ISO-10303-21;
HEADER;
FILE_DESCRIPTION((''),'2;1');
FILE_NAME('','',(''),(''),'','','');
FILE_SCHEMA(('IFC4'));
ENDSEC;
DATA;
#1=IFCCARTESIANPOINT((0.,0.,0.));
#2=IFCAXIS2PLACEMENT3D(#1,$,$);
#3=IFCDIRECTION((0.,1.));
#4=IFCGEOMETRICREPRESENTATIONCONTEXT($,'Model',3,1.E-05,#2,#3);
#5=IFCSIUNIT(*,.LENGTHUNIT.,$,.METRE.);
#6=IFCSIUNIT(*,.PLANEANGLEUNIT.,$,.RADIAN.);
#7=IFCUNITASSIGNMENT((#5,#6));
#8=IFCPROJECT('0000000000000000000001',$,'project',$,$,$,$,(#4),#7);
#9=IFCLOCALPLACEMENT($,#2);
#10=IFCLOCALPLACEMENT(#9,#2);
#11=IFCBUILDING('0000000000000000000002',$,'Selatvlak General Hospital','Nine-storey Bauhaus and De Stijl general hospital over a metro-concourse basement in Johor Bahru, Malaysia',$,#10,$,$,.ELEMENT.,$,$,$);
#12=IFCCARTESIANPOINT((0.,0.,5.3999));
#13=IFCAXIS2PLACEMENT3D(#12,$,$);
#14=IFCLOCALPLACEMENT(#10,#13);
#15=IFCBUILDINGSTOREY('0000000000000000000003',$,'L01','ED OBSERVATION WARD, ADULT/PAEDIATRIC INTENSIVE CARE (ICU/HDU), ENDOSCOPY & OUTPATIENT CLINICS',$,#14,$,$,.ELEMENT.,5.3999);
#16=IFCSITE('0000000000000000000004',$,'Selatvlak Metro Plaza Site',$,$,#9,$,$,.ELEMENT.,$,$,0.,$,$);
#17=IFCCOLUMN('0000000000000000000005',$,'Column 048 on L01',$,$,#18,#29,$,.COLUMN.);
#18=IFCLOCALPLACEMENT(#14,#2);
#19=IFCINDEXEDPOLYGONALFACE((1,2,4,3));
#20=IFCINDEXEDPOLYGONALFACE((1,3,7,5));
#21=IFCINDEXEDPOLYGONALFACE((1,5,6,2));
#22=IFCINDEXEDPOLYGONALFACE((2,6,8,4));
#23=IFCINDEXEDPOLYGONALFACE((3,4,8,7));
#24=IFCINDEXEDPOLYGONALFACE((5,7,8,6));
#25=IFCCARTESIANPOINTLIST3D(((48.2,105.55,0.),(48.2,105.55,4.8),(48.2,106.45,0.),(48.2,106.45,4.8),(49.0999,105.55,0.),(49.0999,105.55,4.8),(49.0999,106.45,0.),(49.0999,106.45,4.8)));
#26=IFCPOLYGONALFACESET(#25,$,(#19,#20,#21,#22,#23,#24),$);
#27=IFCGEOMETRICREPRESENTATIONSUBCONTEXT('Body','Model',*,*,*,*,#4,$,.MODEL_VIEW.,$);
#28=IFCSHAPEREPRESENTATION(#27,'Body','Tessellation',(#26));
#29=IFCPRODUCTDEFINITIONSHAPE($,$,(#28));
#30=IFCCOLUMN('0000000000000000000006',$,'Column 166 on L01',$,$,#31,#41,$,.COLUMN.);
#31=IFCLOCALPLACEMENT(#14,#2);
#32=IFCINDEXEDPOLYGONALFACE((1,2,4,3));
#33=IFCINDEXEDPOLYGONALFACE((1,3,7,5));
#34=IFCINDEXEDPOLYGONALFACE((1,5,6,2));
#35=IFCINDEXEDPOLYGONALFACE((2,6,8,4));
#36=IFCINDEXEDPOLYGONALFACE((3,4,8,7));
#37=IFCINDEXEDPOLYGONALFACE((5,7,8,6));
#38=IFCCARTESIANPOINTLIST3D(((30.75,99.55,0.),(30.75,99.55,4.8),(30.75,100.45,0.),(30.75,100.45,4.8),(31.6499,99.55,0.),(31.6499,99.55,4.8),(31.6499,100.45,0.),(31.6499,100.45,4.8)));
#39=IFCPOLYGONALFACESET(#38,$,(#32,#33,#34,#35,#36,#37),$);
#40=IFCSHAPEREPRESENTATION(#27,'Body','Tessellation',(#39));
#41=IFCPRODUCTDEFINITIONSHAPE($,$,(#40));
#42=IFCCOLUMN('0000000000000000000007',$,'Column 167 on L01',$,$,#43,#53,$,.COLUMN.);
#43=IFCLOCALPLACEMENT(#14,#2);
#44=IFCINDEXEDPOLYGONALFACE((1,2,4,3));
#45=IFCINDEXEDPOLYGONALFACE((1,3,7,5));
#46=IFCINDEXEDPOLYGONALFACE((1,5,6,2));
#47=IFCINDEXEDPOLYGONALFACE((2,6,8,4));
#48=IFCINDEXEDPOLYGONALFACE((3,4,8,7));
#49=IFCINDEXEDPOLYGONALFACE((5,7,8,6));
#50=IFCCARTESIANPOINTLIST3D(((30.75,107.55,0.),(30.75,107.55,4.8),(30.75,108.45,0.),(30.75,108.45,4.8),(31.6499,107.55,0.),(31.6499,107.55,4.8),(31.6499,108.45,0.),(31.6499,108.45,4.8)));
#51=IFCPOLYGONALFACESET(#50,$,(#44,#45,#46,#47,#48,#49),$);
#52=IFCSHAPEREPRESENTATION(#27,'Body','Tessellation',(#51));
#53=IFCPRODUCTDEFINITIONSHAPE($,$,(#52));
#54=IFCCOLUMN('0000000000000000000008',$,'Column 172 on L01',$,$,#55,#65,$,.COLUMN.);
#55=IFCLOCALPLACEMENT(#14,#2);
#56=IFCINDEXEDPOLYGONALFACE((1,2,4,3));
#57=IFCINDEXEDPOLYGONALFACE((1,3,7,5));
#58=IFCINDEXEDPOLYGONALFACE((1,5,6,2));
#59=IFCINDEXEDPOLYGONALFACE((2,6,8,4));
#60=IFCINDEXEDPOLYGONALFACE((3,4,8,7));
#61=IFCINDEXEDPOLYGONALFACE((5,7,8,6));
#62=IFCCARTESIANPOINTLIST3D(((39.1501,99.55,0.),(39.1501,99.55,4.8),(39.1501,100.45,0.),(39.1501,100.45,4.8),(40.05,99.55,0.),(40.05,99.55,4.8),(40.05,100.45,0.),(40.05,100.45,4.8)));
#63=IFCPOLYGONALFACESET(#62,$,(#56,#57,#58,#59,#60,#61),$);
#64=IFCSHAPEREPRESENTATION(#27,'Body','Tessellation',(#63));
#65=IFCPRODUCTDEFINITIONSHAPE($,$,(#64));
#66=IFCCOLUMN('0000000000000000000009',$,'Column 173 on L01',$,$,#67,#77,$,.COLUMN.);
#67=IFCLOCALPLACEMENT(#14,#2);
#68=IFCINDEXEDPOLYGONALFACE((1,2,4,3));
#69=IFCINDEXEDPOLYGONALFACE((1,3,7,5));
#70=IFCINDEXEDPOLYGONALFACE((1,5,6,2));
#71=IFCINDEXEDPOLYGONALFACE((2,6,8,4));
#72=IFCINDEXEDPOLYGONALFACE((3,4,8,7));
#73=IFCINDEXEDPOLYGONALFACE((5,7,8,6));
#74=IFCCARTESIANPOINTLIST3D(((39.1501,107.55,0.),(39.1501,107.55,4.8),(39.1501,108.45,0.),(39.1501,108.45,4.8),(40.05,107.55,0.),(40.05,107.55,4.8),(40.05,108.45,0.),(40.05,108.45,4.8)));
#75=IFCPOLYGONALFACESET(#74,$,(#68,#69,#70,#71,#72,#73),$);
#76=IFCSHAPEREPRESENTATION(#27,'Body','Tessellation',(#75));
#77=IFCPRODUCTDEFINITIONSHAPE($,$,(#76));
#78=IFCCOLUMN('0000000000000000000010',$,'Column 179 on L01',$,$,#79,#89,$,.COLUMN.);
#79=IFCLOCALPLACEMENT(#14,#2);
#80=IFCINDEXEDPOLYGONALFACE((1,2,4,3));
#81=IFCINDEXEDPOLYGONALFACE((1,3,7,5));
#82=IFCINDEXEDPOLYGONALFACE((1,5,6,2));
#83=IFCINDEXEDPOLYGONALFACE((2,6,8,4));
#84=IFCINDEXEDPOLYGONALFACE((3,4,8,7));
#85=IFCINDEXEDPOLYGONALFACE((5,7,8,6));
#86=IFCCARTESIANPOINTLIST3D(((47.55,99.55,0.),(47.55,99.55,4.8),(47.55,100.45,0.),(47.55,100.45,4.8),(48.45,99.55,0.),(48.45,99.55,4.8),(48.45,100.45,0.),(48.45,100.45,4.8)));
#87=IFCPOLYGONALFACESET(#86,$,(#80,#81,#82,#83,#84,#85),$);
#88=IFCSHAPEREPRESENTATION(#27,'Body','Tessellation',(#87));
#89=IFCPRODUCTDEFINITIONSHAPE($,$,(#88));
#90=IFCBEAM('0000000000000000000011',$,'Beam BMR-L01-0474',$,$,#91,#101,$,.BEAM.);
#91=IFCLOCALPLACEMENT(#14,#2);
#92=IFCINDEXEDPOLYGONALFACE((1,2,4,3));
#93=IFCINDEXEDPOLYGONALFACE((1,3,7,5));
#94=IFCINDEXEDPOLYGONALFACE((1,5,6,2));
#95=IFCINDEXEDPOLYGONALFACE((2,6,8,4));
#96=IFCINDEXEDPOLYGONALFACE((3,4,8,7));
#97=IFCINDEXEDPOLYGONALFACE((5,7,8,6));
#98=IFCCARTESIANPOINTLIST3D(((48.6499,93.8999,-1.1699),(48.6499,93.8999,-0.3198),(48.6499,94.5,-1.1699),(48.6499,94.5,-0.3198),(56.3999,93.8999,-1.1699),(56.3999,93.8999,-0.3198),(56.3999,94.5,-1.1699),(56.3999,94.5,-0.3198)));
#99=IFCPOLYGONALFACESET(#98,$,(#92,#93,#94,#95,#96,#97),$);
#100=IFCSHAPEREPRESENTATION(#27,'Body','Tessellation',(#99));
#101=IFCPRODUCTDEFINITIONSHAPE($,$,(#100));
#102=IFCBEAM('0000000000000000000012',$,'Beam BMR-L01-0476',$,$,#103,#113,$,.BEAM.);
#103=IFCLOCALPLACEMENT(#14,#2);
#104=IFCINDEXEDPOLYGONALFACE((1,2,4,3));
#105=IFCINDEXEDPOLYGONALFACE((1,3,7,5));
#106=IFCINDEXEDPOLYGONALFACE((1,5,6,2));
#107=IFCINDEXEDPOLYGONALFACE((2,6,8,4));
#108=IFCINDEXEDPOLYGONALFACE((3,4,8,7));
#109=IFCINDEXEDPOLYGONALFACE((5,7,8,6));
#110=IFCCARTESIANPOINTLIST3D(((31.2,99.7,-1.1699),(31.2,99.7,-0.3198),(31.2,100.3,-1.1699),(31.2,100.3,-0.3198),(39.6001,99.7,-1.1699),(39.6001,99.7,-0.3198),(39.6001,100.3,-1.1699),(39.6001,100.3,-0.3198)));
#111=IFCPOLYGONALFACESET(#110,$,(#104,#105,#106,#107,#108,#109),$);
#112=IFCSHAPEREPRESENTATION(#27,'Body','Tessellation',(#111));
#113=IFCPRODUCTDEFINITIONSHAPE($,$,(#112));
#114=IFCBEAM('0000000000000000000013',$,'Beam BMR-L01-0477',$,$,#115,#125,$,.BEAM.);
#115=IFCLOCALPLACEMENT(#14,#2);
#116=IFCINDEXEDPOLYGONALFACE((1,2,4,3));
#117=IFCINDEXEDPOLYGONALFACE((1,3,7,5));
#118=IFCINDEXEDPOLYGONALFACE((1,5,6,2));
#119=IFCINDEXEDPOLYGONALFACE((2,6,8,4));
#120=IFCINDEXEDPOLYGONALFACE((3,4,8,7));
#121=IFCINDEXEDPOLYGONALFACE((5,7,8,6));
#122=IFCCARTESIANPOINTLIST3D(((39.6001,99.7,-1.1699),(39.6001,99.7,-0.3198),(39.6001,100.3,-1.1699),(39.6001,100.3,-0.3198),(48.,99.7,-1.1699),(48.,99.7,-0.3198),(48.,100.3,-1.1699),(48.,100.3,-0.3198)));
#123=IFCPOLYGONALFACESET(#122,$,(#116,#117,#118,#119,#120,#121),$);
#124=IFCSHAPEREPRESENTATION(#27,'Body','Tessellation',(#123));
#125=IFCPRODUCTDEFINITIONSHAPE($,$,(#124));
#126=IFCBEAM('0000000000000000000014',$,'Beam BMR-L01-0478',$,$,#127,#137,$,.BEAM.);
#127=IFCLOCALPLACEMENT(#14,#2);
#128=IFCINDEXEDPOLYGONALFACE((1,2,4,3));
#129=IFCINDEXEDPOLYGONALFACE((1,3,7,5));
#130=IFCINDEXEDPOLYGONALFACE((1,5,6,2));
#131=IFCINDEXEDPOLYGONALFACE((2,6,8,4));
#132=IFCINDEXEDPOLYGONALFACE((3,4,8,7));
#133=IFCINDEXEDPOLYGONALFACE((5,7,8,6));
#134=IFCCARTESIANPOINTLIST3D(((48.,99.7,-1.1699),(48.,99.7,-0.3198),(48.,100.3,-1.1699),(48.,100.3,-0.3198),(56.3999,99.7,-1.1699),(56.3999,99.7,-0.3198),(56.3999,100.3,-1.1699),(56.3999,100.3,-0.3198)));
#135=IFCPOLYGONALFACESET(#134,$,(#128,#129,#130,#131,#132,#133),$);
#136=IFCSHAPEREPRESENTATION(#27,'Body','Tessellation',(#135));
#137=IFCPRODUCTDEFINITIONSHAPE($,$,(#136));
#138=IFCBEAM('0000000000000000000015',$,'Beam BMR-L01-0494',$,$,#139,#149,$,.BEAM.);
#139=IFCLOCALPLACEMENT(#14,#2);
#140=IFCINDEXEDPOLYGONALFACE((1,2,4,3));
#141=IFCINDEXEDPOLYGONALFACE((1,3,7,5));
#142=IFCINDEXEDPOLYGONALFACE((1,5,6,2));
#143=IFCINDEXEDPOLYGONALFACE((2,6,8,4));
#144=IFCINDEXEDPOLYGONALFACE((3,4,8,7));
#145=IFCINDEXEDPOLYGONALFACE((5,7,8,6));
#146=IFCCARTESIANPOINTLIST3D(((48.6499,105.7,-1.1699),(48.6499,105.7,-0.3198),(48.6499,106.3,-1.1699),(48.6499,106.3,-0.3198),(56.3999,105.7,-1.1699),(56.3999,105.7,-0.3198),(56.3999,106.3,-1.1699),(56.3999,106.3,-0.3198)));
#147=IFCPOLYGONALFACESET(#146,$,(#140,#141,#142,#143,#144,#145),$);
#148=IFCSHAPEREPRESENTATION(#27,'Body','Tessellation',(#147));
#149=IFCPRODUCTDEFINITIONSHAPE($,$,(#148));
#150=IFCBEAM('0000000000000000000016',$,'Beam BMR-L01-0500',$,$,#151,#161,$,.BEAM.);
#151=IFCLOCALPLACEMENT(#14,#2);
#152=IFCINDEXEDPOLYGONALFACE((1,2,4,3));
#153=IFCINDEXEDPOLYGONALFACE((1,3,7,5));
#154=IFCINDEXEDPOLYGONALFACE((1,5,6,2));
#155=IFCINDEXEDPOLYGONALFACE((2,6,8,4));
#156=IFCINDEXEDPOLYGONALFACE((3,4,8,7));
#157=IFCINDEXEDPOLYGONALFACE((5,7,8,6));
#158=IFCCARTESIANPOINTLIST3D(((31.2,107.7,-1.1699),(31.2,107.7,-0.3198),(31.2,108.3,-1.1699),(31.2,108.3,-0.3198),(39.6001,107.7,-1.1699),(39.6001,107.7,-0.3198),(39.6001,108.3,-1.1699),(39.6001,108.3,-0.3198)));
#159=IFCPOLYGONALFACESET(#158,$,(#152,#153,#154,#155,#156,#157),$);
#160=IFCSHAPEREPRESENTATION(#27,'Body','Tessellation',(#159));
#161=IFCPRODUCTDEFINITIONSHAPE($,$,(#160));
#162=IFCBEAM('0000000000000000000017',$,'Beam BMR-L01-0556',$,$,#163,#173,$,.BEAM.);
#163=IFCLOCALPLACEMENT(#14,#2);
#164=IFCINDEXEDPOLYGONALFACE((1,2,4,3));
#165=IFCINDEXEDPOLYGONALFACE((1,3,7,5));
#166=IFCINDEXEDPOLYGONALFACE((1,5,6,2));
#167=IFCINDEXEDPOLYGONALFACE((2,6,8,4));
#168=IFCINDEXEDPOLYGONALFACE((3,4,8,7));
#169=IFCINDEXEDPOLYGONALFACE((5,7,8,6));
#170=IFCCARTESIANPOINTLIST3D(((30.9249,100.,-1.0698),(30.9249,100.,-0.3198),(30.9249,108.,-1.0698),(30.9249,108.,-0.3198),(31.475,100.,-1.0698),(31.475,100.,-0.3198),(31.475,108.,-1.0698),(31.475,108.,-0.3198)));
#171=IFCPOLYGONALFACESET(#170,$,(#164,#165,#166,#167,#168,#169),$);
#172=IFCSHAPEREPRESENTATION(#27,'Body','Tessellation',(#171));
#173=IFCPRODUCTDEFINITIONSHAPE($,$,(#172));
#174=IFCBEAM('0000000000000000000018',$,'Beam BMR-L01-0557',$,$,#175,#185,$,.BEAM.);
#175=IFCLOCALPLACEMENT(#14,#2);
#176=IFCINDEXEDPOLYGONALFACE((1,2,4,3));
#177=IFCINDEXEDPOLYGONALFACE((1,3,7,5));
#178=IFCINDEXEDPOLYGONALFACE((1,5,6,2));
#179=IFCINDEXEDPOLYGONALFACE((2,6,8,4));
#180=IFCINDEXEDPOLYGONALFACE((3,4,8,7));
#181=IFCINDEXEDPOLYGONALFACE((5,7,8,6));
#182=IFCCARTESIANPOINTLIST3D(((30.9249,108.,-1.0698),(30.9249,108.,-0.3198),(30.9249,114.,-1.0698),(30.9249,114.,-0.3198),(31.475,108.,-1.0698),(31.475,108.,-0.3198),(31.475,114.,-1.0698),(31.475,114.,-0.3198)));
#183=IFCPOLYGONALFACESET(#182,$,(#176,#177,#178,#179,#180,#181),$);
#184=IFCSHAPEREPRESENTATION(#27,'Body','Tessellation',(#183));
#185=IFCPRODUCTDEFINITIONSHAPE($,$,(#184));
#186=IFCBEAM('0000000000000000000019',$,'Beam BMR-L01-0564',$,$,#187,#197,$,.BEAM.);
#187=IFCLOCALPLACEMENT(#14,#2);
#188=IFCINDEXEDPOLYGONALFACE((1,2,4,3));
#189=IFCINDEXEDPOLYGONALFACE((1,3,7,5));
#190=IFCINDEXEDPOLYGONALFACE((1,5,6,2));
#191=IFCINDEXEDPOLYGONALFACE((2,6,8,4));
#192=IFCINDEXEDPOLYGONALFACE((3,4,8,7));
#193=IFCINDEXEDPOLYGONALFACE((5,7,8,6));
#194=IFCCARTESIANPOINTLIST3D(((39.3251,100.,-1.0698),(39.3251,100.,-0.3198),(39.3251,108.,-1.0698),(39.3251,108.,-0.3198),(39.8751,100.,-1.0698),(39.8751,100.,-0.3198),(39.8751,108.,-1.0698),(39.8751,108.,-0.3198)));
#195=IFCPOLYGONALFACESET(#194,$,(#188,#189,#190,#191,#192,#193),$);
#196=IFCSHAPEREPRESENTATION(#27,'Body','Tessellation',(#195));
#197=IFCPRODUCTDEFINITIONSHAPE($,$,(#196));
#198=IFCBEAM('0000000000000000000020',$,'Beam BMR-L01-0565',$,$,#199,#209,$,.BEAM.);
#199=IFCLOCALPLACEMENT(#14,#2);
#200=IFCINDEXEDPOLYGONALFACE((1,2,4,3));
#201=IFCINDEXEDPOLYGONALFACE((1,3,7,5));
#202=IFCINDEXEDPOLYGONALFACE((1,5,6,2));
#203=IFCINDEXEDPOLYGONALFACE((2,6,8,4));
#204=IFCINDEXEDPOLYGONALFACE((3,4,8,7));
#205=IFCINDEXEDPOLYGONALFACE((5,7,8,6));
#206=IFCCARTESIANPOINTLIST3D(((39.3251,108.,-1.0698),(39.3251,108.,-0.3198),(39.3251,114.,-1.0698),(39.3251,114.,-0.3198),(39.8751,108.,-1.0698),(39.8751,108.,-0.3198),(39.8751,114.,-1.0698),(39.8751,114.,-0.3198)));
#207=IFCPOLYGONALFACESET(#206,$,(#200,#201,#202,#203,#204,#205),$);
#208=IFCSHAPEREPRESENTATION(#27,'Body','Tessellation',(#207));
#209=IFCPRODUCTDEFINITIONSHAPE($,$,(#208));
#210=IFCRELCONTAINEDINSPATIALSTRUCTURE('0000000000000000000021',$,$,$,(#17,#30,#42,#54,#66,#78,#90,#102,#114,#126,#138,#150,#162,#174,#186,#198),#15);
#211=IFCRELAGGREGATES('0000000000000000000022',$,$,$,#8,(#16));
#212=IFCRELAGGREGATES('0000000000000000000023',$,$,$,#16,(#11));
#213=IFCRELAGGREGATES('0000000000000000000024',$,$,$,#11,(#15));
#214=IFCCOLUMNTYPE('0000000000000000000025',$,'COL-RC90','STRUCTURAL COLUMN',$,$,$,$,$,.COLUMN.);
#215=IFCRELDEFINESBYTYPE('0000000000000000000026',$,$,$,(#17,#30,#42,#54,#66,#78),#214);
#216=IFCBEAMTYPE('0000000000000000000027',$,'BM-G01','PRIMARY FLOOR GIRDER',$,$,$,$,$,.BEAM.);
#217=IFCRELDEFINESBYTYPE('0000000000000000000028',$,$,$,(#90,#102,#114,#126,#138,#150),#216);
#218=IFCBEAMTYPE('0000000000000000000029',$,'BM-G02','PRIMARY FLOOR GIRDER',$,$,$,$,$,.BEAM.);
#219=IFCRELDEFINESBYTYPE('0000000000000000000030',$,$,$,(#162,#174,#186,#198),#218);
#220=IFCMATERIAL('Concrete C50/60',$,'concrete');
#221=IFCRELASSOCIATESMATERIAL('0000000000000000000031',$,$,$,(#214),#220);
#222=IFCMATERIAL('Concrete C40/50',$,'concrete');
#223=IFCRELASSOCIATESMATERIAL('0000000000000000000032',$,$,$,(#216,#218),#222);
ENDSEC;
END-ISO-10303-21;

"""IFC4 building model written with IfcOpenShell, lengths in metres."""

from ifc_helpers import new_model, si_unit, direction, frame, origin, origin_2d, place, context, subcontext, project, spatial, rectangle, extrude, material, material_profile, profile_set, type_object, element, save


model = new_model("IFC4")

# Units and contexts
model_context = context("Model", 3, precision=1e-05, world=origin(), true_north=direction((0.0, 1.0)))
body_context = subcontext(model_context, "Body", "Model", "MODEL_VIEW")
ifc_project = project(units=[si_unit("LENGTHUNIT", "METRE"), si_unit("PLANEANGLEUNIT", "RADIAN")], contexts=[model_context])

# Site, building, storey
site_placement = place(None, origin())
site = spatial("IfcSite", under=ifc_project, at=site_placement, Name="Selatvlak Metro Plaza Site", CompositionType="ELEMENT", RefElevation=0.0)
building_placement = place(site_placement, origin())
building = spatial("IfcBuilding", under=site, at=building_placement, Name="Selatvlak General Hospital", Description="Nine-storey Bauhaus and De Stijl general hospital over a metro-concourse basement in Johor Bahru, Malaysia", CompositionType="ELEMENT")
storey_placement = place(building_placement, frame((0.0, 0.0, 5.3999)))
storey = spatial("IfcBuildingStorey", under=building, at=storey_placement, Name="L01", Description="ED OBSERVATION WARD, ADULT/PAEDIATRIC INTENSIVE CARE (ICU/HDU), ENDOSCOPY & OUTPATIENT CLINICS", CompositionType="ELEMENT", Elevation=5.3999)

# Columns
ifc_material_1 = material(Name="Concrete C50/60", Category="concrete")
ifc_material_profile_1 = material_profile(ifc_material_1, rectangle(XDim=0.8999, YDim=0.8999, at=origin_2d()), Name="RC-COL 900x900")
ifc_profile_set_1 = profile_set([ifc_material_profile_1], Name="Concrete C50/60")
column_type = type_object("IfcColumnType", Name="COL-RC90", Description="STRUCTURAL COLUMN", PredefinedType="COLUMN", material=ifc_profile_set_1)
for number, where, z_axis, x_axis, name in (
    (1, (48.6499, 106.0, 0.0), (0.0, 0.0, 1.0), (1.0, 0.0, 0.0), "Column 048 on L01"),
    (2, (31.2, 100.0, 0.0), (0.0, 0.0, 1.0), (1.0, 0.0, 0.0), "Column 166 on L01"),
    (3, (31.2, 108.0, 0.0), (0.0, 0.0, 1.0), (1.0, 0.0, 0.0), "Column 167 on L01"),
    (4, (39.6001, 100.0, 0.0), (0.0, 0.0, 1.0), (1.0, 0.0, 0.0), "Column 172 on L01"),
    (5, (39.6001, 108.0, 0.0), (0.0, 0.0, 1.0), (1.0, 0.0, 0.0), "Column 173 on L01"),
    (6, (48.0, 100.0, 0.0), (0.0, 0.0, 1.0), (1.0, 0.0, 0.0), "Column 179 on L01"),
):
    element("IfcColumn", number, at=place(storey_placement, frame(where, z_axis=z_axis, x_axis=x_axis)), inside=storey, type_object=column_type, Name=name, PredefinedType="COLUMN", context=body_context, shape_type="SweptSolid", body=[
        extrude(rectangle(XDim=0.8999, YDim=0.8999, at=origin_2d()), origin(), (0.0, 0.0, 1.0), 4.8),
    ])

# Beams
ifc_material_2 = material(Name="Concrete C40/50", Category="concrete")
ifc_material_profile_2 = material_profile(ifc_material_2, rectangle(XDim=0.6001, YDim=0.8501, at=origin_2d()), Name="RC-BM 600x850")
ifc_profile_set_2 = profile_set([ifc_material_profile_2], Name="Concrete C40/50")
beam_type_1 = type_object("IfcBeamType", Name="BM-G01", Description="PRIMARY FLOOR GIRDER", PredefinedType="BEAM", material=ifc_profile_set_2)
beam_1_placement = place(storey_placement, frame((48.6499, 94.2, -0.7449), z_axis=(1.0, 0.0, 0.0), x_axis=(0.0, 1.0, 0.0)))
element("IfcBeam", 7, at=beam_1_placement, inside=storey, type_object=beam_type_1, Name="Beam BMR-L01-0474", PredefinedType="BEAM", context=body_context, shape_type="SweptSolid", body=[
    extrude(rectangle(XDim=0.6001, YDim=0.8501, at=origin_2d()), origin(), (0.0, 0.0, 1.0), 7.75),
])
beam_2_placement = place(storey_placement, frame((31.2, 100.0, -0.7449), z_axis=(1.0, 0.0, 0.0), x_axis=(0.0, 1.0, 0.0)))
element("IfcBeam", 8, at=beam_2_placement, inside=storey, type_object=beam_type_1, Name="Beam BMR-L01-0476", PredefinedType="BEAM", context=body_context, shape_type="SweptSolid", body=[
    extrude(rectangle(XDim=0.6001, YDim=0.8501, at=origin_2d()), origin(), (0.0, 0.0, 1.0), 8.4001),
])
for number, where, z_axis, x_axis, name in (
    (9, (39.6001, 100.0, -0.7449), (1.0, 0.0, 0.0), (0.0, 1.0, 0.0), "Beam BMR-L01-0477"),
    (10, (48.0, 100.0, -0.7449), (1.0, 0.0, 0.0), (0.0, 1.0, 0.0), "Beam BMR-L01-0478"),
):
    element("IfcBeam", number, at=place(storey_placement, frame(where, z_axis=z_axis, x_axis=x_axis)), inside=storey, type_object=beam_type_1, Name=name, PredefinedType="BEAM", context=body_context, shape_type="SweptSolid", body=[
        extrude(rectangle(XDim=0.6001, YDim=0.8501, at=origin_2d()), origin(), (0.0, 0.0, 1.0), 8.3999),
    ])
beam_3_placement = place(storey_placement, frame((48.6499, 106.0, -0.7449), z_axis=(1.0, 0.0, 0.0), x_axis=(0.0, 1.0, 0.0)))
element("IfcBeam", 11, at=beam_3_placement, inside=storey, type_object=beam_type_1, Name="Beam BMR-L01-0494", PredefinedType="BEAM", context=body_context, shape_type="SweptSolid", body=[
    extrude(rectangle(XDim=0.6001, YDim=0.8501, at=origin_2d()), origin(), (0.0, 0.0, 1.0), 7.75),
])
beam_4_placement = place(storey_placement, frame((31.2, 108.0, -0.7449), z_axis=(1.0, 0.0, 0.0), x_axis=(0.0, 1.0, 0.0)))
element("IfcBeam", 12, at=beam_4_placement, inside=storey, type_object=beam_type_1, Name="Beam BMR-L01-0500", PredefinedType="BEAM", context=body_context, shape_type="SweptSolid", body=[
    extrude(rectangle(XDim=0.6001, YDim=0.8501, at=origin_2d()), origin(), (0.0, 0.0, 1.0), 8.4001),
])
ifc_material_profile_3 = material_profile(ifc_material_2, rectangle(XDim=0.55, YDim=0.75, at=origin_2d()), Name="RC-BM 550x750")
ifc_profile_set_3 = profile_set([ifc_material_profile_3], Name="Concrete C40/50")
beam_type_2 = type_object("IfcBeamType", Name="BM-G02", Description="PRIMARY FLOOR GIRDER", PredefinedType="BEAM", material=ifc_profile_set_3)
beam_5_placement = place(storey_placement, frame((31.2, 100.0, -0.6948), z_axis=(0.0, 1.0, 0.0), x_axis=(-1.0, 0.0, 0.0)))
element("IfcBeam", 13, at=beam_5_placement, inside=storey, type_object=beam_type_2, Name="Beam BMR-L01-0556", PredefinedType="BEAM", context=body_context, shape_type="SweptSolid", body=[
    extrude(rectangle(XDim=0.55, YDim=0.75, at=origin_2d()), origin(), (0.0, 0.0, 1.0), 8.0),
])
beam_6_placement = place(storey_placement, frame((31.2, 108.0, -0.6948), z_axis=(0.0, 1.0, 0.0), x_axis=(-1.0, 0.0, 0.0)))
element("IfcBeam", 14, at=beam_6_placement, inside=storey, type_object=beam_type_2, Name="Beam BMR-L01-0557", PredefinedType="BEAM", context=body_context, shape_type="SweptSolid", body=[
    extrude(rectangle(XDim=0.55, YDim=0.75, at=origin_2d()), origin(), (0.0, 0.0, 1.0), 6.0),
])
beam_7_placement = place(storey_placement, frame((39.6001, 100.0, -0.6948), z_axis=(0.0, 1.0, 0.0), x_axis=(-1.0, 0.0, 0.0)))
element("IfcBeam", 15, at=beam_7_placement, inside=storey, type_object=beam_type_2, Name="Beam BMR-L01-0564", PredefinedType="BEAM", context=body_context, shape_type="SweptSolid", body=[
    extrude(rectangle(XDim=0.55, YDim=0.75, at=origin_2d()), origin(), (0.0, 0.0, 1.0), 8.0),
])
beam_8_placement = place(storey_placement, frame((39.6001, 108.0, -0.6948), z_axis=(0.0, 1.0, 0.0), x_axis=(-1.0, 0.0, 0.0)))
element("IfcBeam", 16, at=beam_8_placement, inside=storey, type_object=beam_type_2, Name="Beam BMR-L01-0565", PredefinedType="BEAM", context=body_context, shape_type="SweptSolid", body=[
    extrude(rectangle(XDim=0.55, YDim=0.75, at=origin_2d()), origin(), (0.0, 0.0, 1.0), 6.0),
])

save(model, "model.ifc")
